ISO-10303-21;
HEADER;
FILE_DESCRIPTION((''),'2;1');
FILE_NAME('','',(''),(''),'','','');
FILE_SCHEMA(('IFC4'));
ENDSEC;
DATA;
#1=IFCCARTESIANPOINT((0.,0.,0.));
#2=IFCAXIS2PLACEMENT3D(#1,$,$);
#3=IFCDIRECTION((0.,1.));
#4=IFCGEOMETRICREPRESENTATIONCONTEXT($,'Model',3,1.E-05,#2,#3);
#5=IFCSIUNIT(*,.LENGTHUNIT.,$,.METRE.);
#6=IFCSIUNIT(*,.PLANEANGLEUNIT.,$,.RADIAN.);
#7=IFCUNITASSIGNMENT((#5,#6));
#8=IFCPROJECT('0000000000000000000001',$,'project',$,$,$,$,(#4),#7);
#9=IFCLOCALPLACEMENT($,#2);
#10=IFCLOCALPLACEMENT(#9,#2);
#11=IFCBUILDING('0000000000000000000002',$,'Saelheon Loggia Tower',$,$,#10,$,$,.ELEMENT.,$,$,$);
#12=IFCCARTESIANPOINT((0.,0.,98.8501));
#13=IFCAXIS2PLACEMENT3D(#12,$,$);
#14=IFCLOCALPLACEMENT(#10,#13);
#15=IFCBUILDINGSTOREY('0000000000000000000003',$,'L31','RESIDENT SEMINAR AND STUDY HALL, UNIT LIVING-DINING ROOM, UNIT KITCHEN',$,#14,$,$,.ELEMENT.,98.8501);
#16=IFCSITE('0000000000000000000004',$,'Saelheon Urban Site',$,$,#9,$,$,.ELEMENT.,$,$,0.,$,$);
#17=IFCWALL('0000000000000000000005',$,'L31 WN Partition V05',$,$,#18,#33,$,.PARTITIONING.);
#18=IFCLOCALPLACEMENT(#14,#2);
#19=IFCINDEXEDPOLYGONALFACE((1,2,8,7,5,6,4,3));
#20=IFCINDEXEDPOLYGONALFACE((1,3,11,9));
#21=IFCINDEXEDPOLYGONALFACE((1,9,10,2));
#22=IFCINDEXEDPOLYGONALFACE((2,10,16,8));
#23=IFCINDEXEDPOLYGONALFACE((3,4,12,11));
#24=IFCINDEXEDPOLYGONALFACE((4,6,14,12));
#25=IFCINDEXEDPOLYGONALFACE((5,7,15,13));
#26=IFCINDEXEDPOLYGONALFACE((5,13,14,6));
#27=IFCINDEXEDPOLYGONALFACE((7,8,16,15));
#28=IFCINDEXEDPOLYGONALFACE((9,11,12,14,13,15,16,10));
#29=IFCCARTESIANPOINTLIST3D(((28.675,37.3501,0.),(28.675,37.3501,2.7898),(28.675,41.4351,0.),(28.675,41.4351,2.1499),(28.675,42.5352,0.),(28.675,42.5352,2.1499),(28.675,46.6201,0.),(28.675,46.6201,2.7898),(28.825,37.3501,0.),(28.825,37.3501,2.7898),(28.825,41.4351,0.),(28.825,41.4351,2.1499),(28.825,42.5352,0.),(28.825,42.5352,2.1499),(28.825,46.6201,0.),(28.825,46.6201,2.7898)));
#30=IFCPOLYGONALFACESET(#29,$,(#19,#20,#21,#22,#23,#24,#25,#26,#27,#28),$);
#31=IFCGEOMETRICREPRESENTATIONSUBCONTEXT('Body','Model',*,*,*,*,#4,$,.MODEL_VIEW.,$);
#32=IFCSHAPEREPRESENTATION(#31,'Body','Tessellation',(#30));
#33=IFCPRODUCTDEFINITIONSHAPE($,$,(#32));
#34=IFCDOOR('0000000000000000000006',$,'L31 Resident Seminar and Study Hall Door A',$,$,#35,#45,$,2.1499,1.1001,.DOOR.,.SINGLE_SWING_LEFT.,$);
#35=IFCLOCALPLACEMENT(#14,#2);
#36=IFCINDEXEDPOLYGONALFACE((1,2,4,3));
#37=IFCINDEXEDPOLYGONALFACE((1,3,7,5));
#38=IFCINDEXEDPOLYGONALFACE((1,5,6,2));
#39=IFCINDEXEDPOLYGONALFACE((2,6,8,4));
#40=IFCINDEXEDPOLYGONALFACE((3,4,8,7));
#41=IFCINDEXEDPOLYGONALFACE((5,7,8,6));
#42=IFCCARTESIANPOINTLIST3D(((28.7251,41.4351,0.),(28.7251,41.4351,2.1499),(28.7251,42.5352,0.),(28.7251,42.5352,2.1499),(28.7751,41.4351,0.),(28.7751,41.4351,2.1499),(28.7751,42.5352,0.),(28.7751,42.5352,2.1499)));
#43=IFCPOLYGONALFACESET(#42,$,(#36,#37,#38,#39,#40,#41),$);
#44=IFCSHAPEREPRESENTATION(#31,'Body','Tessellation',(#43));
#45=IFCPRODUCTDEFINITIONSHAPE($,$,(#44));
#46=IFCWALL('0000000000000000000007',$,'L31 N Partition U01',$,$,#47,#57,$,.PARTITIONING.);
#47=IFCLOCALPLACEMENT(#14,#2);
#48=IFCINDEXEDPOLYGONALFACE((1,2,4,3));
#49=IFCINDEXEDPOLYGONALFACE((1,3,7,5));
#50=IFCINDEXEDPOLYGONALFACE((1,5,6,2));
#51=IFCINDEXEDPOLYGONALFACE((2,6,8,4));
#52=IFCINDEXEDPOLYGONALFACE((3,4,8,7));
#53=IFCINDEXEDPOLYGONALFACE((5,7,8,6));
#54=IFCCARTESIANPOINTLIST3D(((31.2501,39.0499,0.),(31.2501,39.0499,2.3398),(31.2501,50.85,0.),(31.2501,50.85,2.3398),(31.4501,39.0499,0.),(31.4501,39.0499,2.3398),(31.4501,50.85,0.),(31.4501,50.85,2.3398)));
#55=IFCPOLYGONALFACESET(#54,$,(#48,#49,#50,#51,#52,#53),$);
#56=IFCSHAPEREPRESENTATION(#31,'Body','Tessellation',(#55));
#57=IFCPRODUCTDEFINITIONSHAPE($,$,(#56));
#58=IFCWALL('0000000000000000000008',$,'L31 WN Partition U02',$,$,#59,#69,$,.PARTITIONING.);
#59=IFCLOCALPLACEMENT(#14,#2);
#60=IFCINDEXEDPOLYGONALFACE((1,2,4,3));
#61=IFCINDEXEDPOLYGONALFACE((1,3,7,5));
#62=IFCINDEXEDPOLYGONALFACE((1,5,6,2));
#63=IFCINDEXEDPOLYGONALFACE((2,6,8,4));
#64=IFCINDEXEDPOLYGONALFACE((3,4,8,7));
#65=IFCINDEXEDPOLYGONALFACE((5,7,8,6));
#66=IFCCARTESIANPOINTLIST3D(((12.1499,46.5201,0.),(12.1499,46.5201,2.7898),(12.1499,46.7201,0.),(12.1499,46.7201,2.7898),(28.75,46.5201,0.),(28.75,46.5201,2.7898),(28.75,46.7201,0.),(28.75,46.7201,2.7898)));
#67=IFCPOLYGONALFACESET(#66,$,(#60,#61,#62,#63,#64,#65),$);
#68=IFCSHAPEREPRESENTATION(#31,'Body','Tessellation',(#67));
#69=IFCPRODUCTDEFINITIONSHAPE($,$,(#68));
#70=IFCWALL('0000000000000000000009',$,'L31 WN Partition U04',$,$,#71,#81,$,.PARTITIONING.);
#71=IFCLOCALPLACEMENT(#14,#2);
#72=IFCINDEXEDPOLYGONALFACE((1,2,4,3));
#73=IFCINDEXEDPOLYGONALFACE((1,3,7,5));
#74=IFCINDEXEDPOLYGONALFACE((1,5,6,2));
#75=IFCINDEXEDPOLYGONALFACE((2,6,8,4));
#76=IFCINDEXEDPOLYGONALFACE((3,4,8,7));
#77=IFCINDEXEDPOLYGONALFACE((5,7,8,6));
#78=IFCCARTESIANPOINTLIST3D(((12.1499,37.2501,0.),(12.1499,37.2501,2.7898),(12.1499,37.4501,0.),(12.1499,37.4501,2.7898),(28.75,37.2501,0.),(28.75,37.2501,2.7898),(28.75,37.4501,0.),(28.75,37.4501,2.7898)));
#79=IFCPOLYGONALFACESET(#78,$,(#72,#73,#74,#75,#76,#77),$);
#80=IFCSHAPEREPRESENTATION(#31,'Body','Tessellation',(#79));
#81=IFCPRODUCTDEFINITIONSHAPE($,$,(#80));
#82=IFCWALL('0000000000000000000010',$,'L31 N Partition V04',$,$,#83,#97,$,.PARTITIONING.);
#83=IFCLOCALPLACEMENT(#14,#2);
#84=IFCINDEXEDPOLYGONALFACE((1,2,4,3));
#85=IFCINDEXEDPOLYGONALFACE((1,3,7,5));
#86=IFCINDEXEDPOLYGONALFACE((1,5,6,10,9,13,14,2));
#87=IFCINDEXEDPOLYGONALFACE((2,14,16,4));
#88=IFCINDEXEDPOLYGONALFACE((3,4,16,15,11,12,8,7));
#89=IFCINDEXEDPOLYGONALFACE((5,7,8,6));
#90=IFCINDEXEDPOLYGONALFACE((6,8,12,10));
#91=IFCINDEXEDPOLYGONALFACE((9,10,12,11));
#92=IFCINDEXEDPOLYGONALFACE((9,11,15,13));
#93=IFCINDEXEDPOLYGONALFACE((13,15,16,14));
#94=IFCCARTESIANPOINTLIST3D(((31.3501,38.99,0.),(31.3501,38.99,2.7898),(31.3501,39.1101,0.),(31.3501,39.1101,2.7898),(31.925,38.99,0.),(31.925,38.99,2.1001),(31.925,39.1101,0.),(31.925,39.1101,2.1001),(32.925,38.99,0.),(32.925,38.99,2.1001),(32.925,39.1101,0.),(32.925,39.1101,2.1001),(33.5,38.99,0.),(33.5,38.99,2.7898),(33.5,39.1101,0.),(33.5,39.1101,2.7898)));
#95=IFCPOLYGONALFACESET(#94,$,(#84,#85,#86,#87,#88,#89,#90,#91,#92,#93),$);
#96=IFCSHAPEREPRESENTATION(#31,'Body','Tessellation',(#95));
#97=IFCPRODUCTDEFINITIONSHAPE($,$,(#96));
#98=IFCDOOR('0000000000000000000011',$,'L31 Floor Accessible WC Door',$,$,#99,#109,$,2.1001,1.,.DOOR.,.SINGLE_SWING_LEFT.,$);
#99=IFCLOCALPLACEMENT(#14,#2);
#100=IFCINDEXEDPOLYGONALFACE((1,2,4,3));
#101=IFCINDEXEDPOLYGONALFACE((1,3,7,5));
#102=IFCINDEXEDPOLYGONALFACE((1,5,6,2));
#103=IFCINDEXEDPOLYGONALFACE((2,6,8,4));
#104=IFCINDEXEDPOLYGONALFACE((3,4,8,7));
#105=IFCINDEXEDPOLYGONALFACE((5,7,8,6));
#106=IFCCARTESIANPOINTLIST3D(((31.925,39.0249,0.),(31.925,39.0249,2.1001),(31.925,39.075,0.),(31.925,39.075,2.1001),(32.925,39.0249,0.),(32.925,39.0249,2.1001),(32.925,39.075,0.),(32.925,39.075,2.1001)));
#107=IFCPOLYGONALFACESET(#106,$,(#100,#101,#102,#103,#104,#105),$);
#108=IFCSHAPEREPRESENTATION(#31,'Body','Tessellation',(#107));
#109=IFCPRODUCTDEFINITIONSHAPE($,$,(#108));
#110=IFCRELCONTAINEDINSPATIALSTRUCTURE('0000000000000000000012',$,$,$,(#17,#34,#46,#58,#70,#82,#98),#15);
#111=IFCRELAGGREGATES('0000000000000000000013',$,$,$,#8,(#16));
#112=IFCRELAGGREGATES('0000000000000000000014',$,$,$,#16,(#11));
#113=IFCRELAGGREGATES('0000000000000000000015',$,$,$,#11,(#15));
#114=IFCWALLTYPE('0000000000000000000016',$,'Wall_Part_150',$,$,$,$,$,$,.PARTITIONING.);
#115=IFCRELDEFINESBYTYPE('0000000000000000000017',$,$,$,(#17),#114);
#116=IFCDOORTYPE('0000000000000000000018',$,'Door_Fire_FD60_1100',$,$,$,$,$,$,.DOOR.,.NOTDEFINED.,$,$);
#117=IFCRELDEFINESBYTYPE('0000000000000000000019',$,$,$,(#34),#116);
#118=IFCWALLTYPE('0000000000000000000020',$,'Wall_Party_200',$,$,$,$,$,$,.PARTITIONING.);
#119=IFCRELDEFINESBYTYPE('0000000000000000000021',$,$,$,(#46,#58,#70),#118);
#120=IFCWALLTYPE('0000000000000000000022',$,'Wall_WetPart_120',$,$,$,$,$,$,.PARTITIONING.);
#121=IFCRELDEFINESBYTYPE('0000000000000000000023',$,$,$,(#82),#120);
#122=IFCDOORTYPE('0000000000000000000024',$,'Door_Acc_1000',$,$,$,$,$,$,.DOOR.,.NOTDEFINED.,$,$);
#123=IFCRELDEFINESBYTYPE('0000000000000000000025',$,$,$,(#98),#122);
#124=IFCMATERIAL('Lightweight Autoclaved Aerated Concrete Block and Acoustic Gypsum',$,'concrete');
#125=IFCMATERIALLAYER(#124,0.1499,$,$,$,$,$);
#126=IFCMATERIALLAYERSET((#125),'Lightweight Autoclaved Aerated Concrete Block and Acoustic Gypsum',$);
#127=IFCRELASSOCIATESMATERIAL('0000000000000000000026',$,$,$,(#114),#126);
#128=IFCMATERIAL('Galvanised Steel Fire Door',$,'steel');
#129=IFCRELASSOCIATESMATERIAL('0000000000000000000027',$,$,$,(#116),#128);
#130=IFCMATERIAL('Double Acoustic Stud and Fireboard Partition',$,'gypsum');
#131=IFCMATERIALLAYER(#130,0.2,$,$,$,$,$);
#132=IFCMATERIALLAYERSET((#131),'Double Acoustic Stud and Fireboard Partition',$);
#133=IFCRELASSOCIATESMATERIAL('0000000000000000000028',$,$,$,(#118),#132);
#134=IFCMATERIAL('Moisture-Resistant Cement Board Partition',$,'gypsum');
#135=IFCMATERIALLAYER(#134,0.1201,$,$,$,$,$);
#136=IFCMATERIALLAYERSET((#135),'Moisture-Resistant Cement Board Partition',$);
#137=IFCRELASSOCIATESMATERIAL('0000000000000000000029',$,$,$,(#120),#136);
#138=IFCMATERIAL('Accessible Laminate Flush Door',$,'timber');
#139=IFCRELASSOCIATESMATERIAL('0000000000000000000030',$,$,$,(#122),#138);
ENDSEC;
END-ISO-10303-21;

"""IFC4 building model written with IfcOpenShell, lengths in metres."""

from ifc_helpers import new_model, si_unit, direction, frame, frame_2d, origin, place, context, subcontext, project, spatial, rectangle, extrude, source, transform, mapped, material, layer, layer_set, type_object, element, fill, save


model = new_model("IFC4")

# Units and contexts
model_context = context("Model", 3, precision=1e-05, world=origin(), true_north=direction((0.0, 1.0)))
body_context = subcontext(model_context, "Body", "Model", "MODEL_VIEW")
ifc_project = project(units=[si_unit("LENGTHUNIT", "METRE"), si_unit("PLANEANGLEUNIT", "RADIAN")], contexts=[model_context])

# Site, building, storey
site_placement = place(None, origin())
site = spatial("IfcSite", under=ifc_project, at=site_placement, Name="Saelheon Urban Site", CompositionType="ELEMENT", RefElevation=0.0)
building_placement = place(site_placement, origin())
building = spatial("IfcBuilding", under=site, at=building_placement, Name="Saelheon Loggia Tower", CompositionType="ELEMENT")
storey_placement = place(building_placement, frame((0.0, 0.0, 98.8501)))
storey = spatial("IfcBuildingStorey", under=building, at=storey_placement, Name="L31", Description="RESIDENT SEMINAR AND STUDY HALL, UNIT LIVING-DINING ROOM, UNIT KITCHEN", CompositionType="ELEMENT", Elevation=98.8501)

# Shared definitions
shared_shape_1 = source(origin(), body_context, "Body", "SweptSolid", [
    extrude(rectangle(XDim=1.1001, YDim=2.1499, at=frame_2d((0.55, 1.075))), frame((0.0, 0.0249, 0.0), z_axis=(0.0, -1.0, 0.0), x_axis=(1.0, 0.0, 0.0)), (0.0, 0.0, 1.0), 0.05),
])

# Wall, opening, door
ifc_material_1 = material(Name="Lightweight Autoclaved Aerated Concrete Block and Acoustic Gypsum", Category="concrete")
ifc_layer_1 = layer(ifc_material_1, 0.1499)
ifc_layer_set_1 = layer_set([ifc_layer_1], Name="Lightweight Autoclaved Aerated Concrete Block and Acoustic Gypsum")
wall_type_1 = type_object("IfcWallType", Name="Wall_Part_150", PredefinedType="PARTITIONING", material=ifc_layer_set_1)
wall_1_placement = place(storey_placement, frame((28.75, 37.3501, 0.0), z_axis=(0.0, 0.0, 1.0), x_axis=(0.0, 1.0, 0.0)))
wall_1 = element("IfcWall", 1, at=wall_1_placement, inside=storey, type_object=wall_type_1, Name="L31 WN Partition V05", PredefinedType="PARTITIONING", context=body_context, shape_type="SweptSolid", body=[
    extrude(rectangle(XDim=9.27, YDim=0.1499, at=frame_2d((4.635, 0.0))), origin(), (0.0, 0.0, 1.0), 2.7898),
])
opening_1_placement = place(wall_1_placement, frame((4.085, 0.0, 0.0)))
opening_1 = element("IfcOpeningElement", 2, at=opening_1_placement, cuts=wall_1, PredefinedType="OPENING", context=body_context, shape_type="SweptSolid", body=[
    extrude(rectangle(XDim=1.1001, YDim=2.1499, at=frame_2d((0.55, 1.075))), frame((0.0, 0.0869, 0.0), z_axis=(0.0, -1.0, 0.0), x_axis=(1.0, 0.0, 0.0)), (0.0, 0.0, 1.0), 0.1738),
])
ifc_material_2 = material(Name="Galvanised Steel Fire Door", Category="steel")
door_type_1 = type_object("IfcDoorType", Name="Door_Fire_FD60_1100", OperationType="NOTDEFINED", PredefinedType="DOOR", material=ifc_material_2)
door_1_placement = place(opening_1_placement, origin())
door_1 = element("IfcDoor", 3, at=door_1_placement, inside=storey, type_object=door_type_1, Name="L31 Resident Seminar and Study Hall Door A", OperationType="SINGLE_SWING_LEFT", OverallHeight=2.1499, OverallWidth=1.1001, PredefinedType="DOOR", context=body_context, shape_type="MappedRepresentation", body=[
    mapped(shared_shape_1, transform((0.0, 0.0, 0.0), scale=1.0)),
])
fill(opening_1, door_1)

# Walls
ifc_material_3 = material(Name="Double Acoustic Stud and Fireboard Partition", Category="gypsum")
ifc_layer_2 = layer(ifc_material_3, 0.2)
ifc_layer_set_2 = layer_set([ifc_layer_2], Name="Double Acoustic Stud and Fireboard Partition")
wall_type_2 = type_object("IfcWallType", Name="Wall_Party_200", PredefinedType="PARTITIONING", material=ifc_layer_set_2)
wall_2_placement = place(storey_placement, frame((31.3501, 39.05, 0.0), z_axis=(0.0, 0.0, 1.0), x_axis=(0.0, 1.0, 0.0)))
element("IfcWall", 4, at=wall_2_placement, inside=storey, type_object=wall_type_2, Name="L31 N Partition U01", PredefinedType="PARTITIONING", context=body_context, shape_type="SweptSolid", body=[
    extrude(rectangle(XDim=11.8, YDim=0.2, at=frame_2d((5.8999, 0.0))), origin(), (0.0, 0.0, 1.0), 2.3398),
])
for number, where, z_axis, x_axis, name in (
    (5, (28.75, 46.6201, 0.0), (0.0, 0.0, 1.0), (-1.0, 0.0, 0.0), "L31 WN Partition U02"),
    (6, (28.75, 37.3501, 0.0), (0.0, 0.0, 1.0), (-1.0, 0.0, 0.0), "L31 WN Partition U04"),
):
    element("IfcWall", number, at=place(storey_placement, frame(where, z_axis=z_axis, x_axis=x_axis)), inside=storey, type_object=wall_type_2, Name=name, PredefinedType="PARTITIONING", context=body_context, shape_type="SweptSolid", body=[
        extrude(rectangle(XDim=16.6001, YDim=0.2, at=frame_2d((8.3, 0.0))), origin(), (0.0, 0.0, 1.0), 2.7898),
    ])

# Wall, opening, door
ifc_material_4 = material(Name="Moisture-Resistant Cement Board Partition", Category="gypsum")
ifc_layer_3 = layer(ifc_material_4, 0.1201)
ifc_layer_set_3 = layer_set([ifc_layer_3], Name="Moisture-Resistant Cement Board Partition")
wall_type_3 = type_object("IfcWallType", Name="Wall_WetPart_120", PredefinedType="PARTITIONING", material=ifc_layer_set_3)
wall_3_placement = place(storey_placement, frame((31.3501, 39.05, 0.0), z_axis=(0.0, 0.0, 1.0), x_axis=(1.0, 0.0, 0.0)))
wall_3 = element("IfcWall", 7, at=wall_3_placement, inside=storey, type_object=wall_type_3, Name="L31 N Partition V04", PredefinedType="PARTITIONING", context=body_context, shape_type="SweptSolid", body=[
    extrude(rectangle(XDim=2.1499, YDim=0.1201, at=frame_2d((1.075, 0.0))), origin(), (0.0, 0.0, 1.0), 2.7898),
])
opening_2_placement = place(wall_3_placement, frame((0.575, 0.0, 0.0)))
opening_2 = element("IfcOpeningElement", 8, at=opening_2_placement, cuts=wall_3, PredefinedType="OPENING", context=body_context, shape_type="SweptSolid", body=[
    extrude(rectangle(XDim=1.0, YDim=2.1001, at=frame_2d((0.5, 1.05))), frame((0.0, 0.072, 0.0), z_axis=(0.0, -1.0, 0.0), x_axis=(1.0, 0.0, 0.0)), (0.0, 0.0, 1.0), 0.144),
])
ifc_material_5 = material(Name="Accessible Laminate Flush Door", Category="timber")
door_type_2 = type_object("IfcDoorType", Name="Door_Acc_1000", OperationType="NOTDEFINED", PredefinedType="DOOR", material=ifc_material_5)
shared_shape_2 = source(origin(), body_context, "Body", "SweptSolid", [
    extrude(rectangle(XDim=1.0, YDim=2.1001, at=frame_2d((0.5, 1.05))), frame((0.0, 0.0249, 0.0), z_axis=(0.0, -1.0, 0.0), x_axis=(1.0, 0.0, 0.0)), (0.0, 0.0, 1.0), 0.05),
])
door_2_placement = place(opening_2_placement, origin())
door_2 = element("IfcDoor", 9, at=door_2_placement, inside=storey, type_object=door_type_2, Name="L31 Floor Accessible WC Door", OperationType="SINGLE_SWING_LEFT", OverallHeight=2.1001, OverallWidth=1.0, PredefinedType="DOOR", context=body_context, shape_type="MappedRepresentation", body=[
    mapped(shared_shape_2, transform((0.0, 0.0, 0.0), scale=1.0)),
])
fill(opening_2, door_2)

save(model, "model.ifc")
